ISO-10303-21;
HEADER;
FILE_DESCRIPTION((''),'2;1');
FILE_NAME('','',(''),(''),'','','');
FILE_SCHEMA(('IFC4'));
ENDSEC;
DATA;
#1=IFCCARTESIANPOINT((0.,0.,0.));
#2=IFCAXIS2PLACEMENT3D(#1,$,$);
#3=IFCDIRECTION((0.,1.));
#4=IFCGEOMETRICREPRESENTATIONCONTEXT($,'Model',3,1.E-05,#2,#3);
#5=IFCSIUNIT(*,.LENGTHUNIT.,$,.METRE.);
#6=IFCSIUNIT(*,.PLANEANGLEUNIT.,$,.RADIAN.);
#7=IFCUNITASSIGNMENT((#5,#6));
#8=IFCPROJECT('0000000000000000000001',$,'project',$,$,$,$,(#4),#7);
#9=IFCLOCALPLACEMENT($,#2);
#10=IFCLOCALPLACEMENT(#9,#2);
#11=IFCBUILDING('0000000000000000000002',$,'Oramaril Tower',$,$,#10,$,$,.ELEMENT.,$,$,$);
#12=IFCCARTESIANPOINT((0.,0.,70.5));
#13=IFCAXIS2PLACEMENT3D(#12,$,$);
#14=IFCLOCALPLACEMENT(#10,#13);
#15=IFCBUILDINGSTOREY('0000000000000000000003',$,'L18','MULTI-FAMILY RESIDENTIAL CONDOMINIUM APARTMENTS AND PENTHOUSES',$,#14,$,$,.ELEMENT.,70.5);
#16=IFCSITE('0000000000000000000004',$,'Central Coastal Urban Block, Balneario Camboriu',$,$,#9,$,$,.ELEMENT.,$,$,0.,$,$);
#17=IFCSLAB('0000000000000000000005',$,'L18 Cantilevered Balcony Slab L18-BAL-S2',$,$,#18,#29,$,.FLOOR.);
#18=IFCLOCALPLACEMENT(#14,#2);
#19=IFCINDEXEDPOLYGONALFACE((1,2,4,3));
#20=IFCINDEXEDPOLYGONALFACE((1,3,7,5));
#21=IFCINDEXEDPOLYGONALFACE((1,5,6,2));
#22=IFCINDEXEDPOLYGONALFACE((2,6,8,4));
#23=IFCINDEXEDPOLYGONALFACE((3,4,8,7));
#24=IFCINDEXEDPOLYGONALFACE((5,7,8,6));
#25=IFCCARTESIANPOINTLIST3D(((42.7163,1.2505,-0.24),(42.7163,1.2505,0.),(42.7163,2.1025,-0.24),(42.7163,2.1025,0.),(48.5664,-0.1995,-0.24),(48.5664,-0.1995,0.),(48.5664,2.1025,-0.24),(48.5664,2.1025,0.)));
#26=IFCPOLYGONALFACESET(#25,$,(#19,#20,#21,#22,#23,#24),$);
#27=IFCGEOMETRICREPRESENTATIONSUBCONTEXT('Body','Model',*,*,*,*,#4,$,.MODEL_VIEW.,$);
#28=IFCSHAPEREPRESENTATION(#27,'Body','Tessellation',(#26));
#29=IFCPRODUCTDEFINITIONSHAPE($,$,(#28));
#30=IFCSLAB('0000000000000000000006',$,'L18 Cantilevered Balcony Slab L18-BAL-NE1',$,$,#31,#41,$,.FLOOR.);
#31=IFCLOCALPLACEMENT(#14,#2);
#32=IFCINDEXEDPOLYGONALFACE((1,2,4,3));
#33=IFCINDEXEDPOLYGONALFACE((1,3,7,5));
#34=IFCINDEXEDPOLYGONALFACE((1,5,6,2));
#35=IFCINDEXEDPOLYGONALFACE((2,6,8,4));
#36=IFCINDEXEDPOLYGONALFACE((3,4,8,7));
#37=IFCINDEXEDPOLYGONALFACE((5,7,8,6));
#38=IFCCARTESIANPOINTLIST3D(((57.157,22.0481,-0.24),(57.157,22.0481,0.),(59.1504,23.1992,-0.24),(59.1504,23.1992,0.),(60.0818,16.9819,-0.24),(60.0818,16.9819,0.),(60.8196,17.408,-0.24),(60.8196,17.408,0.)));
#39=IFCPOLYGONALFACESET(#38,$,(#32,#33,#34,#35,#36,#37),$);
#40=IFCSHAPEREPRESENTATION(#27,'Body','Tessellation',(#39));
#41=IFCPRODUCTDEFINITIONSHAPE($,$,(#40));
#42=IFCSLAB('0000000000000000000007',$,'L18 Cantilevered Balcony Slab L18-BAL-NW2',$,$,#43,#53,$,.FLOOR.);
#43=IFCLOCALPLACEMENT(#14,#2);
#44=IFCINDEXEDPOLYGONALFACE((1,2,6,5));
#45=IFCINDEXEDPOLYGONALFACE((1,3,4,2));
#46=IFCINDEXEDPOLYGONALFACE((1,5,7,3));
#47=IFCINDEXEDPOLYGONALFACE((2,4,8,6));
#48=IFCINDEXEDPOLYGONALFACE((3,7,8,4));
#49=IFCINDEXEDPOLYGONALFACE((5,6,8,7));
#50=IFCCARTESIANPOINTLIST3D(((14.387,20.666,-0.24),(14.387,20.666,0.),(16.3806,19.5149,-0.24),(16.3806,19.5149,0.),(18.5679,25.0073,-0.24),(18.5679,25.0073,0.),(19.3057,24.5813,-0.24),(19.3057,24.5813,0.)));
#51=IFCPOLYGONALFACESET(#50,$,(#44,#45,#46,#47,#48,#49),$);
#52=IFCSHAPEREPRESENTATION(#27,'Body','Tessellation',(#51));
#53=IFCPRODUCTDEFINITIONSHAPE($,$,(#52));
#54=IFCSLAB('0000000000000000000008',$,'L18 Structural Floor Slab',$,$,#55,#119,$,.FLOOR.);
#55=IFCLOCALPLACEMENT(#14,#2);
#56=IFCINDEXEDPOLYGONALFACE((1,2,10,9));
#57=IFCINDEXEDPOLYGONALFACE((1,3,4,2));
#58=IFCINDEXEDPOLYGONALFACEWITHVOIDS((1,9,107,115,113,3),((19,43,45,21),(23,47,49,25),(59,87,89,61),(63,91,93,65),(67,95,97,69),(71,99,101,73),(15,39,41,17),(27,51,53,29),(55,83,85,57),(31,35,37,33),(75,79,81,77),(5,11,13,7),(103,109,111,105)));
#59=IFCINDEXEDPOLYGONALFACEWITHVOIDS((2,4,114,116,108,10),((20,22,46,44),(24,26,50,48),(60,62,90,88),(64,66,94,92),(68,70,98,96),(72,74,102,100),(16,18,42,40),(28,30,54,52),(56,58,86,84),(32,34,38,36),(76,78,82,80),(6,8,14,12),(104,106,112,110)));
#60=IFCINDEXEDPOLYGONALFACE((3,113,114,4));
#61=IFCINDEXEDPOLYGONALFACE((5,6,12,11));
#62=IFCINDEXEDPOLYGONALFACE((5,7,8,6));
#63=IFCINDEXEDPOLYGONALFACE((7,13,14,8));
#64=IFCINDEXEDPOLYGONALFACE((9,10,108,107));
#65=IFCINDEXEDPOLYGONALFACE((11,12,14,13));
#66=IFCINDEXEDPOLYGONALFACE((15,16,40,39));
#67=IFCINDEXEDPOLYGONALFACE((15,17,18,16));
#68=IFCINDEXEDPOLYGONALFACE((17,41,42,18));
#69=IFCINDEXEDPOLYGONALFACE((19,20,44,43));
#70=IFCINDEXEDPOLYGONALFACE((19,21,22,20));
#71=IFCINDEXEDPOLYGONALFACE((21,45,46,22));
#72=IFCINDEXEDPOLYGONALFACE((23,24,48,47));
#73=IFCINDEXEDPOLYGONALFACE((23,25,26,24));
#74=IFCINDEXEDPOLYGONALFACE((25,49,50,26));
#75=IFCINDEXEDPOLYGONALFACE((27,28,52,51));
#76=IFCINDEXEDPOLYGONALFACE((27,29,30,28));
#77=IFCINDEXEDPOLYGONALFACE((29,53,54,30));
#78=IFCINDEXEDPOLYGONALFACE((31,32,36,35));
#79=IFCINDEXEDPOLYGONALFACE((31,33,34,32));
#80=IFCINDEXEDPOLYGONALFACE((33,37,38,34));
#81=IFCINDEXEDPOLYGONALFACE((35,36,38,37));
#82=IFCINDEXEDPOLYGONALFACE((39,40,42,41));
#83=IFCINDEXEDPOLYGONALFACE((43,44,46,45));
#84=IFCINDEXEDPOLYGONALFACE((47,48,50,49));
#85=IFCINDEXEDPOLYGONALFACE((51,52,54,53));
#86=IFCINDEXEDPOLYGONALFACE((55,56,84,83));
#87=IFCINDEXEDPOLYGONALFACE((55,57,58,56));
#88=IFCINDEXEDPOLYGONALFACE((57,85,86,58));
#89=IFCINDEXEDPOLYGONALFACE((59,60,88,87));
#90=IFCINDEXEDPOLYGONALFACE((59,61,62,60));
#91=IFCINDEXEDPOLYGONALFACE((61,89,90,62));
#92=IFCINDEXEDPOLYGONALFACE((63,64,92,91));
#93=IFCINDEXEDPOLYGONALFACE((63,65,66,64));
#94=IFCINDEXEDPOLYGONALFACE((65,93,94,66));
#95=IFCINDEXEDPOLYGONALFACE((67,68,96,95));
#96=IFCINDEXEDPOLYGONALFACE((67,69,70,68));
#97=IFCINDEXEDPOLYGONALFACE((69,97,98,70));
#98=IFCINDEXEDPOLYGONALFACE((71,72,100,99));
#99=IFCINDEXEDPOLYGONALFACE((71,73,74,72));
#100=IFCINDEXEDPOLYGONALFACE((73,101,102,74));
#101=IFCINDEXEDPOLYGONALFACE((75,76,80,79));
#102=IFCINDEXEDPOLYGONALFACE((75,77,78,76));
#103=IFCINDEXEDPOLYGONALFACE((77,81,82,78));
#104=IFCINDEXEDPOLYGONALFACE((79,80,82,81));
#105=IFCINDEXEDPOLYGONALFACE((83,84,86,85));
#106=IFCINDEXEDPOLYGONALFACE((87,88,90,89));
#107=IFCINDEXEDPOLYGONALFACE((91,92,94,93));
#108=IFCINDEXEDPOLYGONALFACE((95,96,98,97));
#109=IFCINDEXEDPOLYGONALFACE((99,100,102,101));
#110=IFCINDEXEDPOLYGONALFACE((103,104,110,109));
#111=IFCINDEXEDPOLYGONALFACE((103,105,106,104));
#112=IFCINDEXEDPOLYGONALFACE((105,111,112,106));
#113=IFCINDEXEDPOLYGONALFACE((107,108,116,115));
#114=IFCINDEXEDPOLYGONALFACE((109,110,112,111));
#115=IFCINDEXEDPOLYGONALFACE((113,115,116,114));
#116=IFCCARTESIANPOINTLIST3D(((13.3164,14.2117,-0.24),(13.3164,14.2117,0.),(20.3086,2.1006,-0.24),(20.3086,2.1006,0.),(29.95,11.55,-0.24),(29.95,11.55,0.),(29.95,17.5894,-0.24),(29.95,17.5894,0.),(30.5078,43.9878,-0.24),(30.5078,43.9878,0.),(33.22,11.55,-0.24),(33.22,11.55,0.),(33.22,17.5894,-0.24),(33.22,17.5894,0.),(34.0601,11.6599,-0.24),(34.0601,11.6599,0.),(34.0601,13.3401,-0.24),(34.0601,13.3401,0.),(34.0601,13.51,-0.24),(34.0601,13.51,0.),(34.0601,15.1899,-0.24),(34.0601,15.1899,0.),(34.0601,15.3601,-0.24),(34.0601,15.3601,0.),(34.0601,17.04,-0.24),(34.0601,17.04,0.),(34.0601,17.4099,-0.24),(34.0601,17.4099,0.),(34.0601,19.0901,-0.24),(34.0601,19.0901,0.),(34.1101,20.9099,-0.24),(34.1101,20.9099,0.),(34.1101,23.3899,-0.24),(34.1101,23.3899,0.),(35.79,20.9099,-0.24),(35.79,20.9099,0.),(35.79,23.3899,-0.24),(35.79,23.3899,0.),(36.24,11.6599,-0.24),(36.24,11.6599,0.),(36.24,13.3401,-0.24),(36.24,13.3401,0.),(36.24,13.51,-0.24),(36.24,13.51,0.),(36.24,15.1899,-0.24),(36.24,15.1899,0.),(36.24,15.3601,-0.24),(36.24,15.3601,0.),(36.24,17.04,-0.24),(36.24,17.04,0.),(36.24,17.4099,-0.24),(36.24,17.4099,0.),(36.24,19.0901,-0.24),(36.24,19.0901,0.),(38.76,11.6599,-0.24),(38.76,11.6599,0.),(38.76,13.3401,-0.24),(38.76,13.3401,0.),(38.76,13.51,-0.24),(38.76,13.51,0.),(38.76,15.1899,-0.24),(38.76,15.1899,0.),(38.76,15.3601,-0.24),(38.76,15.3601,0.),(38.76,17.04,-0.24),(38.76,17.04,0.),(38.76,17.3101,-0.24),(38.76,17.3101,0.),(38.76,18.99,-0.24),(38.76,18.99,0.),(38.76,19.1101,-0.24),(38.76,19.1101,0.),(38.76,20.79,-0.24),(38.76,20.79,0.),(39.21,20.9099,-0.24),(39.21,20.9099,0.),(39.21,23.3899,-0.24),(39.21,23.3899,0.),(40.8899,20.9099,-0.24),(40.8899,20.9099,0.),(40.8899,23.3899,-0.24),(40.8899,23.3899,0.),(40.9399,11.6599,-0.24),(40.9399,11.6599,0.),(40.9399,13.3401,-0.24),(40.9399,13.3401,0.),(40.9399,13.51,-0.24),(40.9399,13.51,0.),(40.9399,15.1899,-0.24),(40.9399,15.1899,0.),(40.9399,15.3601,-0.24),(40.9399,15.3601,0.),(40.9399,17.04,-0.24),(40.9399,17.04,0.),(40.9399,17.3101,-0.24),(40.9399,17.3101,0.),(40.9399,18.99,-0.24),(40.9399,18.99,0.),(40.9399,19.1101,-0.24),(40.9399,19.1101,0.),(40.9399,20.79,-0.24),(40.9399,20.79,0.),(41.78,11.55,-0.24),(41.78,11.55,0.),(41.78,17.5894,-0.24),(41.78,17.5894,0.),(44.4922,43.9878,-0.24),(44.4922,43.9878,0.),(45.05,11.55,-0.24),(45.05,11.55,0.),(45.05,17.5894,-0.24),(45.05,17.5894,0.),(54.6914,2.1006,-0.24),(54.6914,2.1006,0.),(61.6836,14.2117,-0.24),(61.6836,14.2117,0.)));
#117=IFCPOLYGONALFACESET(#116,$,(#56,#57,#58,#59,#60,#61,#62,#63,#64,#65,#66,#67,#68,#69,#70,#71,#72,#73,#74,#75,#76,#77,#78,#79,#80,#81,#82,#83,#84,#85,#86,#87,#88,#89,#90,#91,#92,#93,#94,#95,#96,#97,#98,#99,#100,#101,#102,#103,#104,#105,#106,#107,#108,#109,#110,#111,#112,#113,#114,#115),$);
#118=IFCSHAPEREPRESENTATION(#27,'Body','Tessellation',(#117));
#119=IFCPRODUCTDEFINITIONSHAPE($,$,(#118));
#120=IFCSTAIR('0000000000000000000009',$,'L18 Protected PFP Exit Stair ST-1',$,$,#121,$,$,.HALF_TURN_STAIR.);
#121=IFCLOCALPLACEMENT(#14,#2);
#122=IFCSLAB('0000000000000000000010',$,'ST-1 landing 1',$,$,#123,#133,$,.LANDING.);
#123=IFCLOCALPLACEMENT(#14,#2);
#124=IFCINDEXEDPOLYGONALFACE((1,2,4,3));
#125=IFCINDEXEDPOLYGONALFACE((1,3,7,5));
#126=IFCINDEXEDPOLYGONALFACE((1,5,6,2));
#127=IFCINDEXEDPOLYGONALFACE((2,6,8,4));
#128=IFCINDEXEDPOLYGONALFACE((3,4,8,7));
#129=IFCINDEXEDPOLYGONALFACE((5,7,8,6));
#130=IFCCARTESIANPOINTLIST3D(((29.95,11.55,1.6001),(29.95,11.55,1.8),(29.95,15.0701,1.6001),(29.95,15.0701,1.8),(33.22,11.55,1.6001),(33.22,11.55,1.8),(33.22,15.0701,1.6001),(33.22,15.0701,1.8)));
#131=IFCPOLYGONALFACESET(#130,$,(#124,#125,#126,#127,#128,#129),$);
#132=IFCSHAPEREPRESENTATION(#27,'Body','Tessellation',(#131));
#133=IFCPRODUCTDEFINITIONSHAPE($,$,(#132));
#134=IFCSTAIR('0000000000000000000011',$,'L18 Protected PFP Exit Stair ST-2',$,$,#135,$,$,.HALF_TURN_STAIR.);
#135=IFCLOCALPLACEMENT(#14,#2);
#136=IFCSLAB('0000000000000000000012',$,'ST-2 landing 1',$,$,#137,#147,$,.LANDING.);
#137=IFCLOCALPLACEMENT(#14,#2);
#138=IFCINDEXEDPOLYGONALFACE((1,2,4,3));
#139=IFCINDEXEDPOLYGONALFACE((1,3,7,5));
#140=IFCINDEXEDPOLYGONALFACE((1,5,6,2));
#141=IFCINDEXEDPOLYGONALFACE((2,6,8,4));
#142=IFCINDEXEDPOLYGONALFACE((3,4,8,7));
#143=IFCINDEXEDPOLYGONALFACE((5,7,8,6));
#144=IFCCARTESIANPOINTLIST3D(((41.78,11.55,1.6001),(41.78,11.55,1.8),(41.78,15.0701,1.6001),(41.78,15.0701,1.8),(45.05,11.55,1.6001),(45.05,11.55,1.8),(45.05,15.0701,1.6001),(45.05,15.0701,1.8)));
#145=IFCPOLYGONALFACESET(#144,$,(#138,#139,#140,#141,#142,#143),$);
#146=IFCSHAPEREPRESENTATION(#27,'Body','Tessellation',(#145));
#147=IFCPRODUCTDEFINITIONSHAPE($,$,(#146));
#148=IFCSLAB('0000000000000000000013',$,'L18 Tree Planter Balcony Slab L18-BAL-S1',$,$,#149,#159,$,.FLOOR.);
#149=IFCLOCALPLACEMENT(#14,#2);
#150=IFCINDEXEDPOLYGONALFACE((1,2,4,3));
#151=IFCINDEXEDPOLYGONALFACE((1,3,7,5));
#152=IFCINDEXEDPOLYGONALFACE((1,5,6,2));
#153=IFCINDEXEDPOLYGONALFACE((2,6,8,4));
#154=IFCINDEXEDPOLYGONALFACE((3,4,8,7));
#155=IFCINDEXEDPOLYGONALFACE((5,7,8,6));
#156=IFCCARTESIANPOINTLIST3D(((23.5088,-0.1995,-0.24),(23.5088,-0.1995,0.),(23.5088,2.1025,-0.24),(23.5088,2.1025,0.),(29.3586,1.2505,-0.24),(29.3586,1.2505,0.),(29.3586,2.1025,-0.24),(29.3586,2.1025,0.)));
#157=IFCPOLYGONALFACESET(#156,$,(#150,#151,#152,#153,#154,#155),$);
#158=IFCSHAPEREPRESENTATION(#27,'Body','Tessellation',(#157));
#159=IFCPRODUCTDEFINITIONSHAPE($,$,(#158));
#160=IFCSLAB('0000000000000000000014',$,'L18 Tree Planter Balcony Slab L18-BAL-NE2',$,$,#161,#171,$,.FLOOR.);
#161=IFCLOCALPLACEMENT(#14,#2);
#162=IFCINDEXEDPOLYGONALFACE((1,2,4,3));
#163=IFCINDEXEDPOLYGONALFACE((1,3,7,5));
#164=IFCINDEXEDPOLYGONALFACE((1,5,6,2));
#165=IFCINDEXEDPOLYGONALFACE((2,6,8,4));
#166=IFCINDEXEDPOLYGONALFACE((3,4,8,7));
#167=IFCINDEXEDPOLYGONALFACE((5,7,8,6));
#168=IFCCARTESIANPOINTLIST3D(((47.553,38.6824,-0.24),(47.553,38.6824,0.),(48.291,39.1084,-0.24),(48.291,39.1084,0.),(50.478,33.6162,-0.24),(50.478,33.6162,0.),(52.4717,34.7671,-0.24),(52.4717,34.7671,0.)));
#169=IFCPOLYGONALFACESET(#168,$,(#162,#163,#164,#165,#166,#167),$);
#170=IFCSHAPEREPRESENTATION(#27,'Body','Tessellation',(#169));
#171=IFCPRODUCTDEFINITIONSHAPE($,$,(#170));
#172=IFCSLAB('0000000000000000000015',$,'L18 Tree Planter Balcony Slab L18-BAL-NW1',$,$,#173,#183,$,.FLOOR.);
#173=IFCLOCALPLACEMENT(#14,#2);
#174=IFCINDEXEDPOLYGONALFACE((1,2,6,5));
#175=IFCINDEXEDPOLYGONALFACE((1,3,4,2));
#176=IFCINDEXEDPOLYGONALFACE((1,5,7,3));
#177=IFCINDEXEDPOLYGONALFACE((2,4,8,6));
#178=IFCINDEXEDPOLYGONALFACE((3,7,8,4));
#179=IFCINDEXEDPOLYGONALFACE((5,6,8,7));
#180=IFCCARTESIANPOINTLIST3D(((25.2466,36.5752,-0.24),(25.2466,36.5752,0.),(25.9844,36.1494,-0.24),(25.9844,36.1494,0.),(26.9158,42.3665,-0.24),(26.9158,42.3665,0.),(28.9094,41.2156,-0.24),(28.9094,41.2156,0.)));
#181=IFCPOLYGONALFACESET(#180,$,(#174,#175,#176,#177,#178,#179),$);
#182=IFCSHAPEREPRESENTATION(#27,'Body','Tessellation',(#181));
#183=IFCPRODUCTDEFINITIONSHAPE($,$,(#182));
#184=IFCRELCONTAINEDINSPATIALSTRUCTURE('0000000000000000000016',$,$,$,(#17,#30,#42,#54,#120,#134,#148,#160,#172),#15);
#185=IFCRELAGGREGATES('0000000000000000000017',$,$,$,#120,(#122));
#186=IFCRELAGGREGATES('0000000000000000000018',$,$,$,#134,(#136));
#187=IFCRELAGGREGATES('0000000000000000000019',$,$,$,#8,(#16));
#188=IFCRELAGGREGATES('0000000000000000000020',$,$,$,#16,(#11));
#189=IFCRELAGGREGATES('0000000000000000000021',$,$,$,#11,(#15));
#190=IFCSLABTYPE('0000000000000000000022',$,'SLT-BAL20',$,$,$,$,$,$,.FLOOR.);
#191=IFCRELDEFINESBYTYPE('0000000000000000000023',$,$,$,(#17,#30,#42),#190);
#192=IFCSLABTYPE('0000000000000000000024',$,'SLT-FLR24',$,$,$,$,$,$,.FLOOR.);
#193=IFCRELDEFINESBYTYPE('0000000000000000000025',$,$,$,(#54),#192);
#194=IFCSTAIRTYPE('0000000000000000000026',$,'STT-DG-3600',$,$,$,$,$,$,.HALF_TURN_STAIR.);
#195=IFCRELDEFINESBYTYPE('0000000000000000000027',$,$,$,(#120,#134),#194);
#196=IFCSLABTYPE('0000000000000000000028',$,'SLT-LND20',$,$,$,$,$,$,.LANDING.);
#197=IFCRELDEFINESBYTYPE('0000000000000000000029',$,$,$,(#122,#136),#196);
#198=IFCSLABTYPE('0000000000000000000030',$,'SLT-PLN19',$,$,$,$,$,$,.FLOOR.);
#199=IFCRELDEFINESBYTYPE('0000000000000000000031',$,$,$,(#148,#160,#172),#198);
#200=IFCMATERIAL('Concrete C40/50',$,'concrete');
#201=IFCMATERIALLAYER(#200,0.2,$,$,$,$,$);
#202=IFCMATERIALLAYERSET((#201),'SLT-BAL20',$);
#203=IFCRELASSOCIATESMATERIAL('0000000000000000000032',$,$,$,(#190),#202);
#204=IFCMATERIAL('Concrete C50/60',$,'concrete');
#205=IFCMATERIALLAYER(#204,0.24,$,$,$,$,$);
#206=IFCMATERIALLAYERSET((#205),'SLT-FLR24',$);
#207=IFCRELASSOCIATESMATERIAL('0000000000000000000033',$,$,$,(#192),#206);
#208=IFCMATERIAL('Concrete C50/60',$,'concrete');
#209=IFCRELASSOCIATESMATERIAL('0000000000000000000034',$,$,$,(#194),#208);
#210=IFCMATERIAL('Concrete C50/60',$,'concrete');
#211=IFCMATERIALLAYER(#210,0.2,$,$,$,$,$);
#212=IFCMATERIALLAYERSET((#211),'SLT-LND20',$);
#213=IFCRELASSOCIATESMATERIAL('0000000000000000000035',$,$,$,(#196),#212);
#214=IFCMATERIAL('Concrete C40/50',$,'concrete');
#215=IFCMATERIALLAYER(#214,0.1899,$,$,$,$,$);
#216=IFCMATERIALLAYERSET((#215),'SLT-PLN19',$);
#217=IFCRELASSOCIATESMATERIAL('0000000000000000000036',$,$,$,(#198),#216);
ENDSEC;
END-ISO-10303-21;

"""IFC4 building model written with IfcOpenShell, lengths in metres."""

from ifc_helpers import new_model, si_unit, direction, frame, origin, place, context, subcontext, project, spatial, polyline, outline, extrude, material, layer, layer_set, type_object, element, aggregate, save


model = new_model("IFC4")

# Units and contexts
model_context = context("Model", 3, precision=1e-05, world=origin(), true_north=direction((0.0, 1.0)))
body_context = subcontext(model_context, "Body", "Model", "MODEL_VIEW")
ifc_project = project(units=[si_unit("LENGTHUNIT", "METRE"), si_unit("PLANEANGLEUNIT", "RADIAN")], contexts=[model_context])

# Site, building, storey
site_placement = place(None, origin())
site = spatial("IfcSite", under=ifc_project, at=site_placement, Name="Central Coastal Urban Block, Balneario Camboriu", CompositionType="ELEMENT", RefElevation=0.0)
building_placement = place(site_placement, origin())
building = spatial("IfcBuilding", under=site, at=building_placement, Name="Oramaril Tower", CompositionType="ELEMENT")
storey_placement = place(building_placement, frame((0.0, 0.0, 70.5)))
storey = spatial("IfcBuildingStorey", under=building, at=storey_placement, Name="L18", Description="MULTI-FAMILY RESIDENTIAL CONDOMINIUM APARTMENTS AND PENTHOUSES", CompositionType="ELEMENT", Elevation=70.5)

# Slabs
ifc_material_1 = material(Name="Concrete C40/50", Category="concrete")
ifc_layer_1 = layer(ifc_material_1, 0.2)
ifc_layer_set_1 = layer_set([ifc_layer_1], Name="SLT-BAL20")
slab_type_1 = type_object("IfcSlabType", Name="SLT-BAL20", PredefinedType="FLOOR", material=ifc_layer_set_1)
slab_1_placement = place(storey_placement, frame((0.0, 0.0, -0.24)))
element("IfcSlab", 1, at=slab_1_placement, inside=storey, type_object=slab_type_1, Name="L18 Cantilevered Balcony Slab L18-BAL-S2", PredefinedType="FLOOR", context=body_context, shape_type="SweptSolid", body=[
    extrude(outline(polyline([(42.7163, 2.1025), (48.5664, 2.1025), (48.5664, -0.1995), (42.7163, 1.2505), (42.7163, 2.1025)])), origin(), (0.0, 0.0, 1.0), 0.24),
])
slab_2_placement = place(storey_placement, frame((0.0, 0.0, -0.24)))
element("IfcSlab", 2, at=slab_2_placement, inside=storey, type_object=slab_type_1, Name="L18 Cantilevered Balcony Slab L18-BAL-NE1", PredefinedType="FLOOR", context=body_context, shape_type="SweptSolid", body=[
    extrude(outline(polyline([(60.0818, 16.9819), (57.157, 22.0481), (59.1504, 23.1992), (60.8196, 17.408), (60.0818, 16.9819)])), origin(), (0.0, 0.0, 1.0), 0.24),
])
slab_3_placement = place(storey_placement, frame((0.0, 0.0, -0.24)))
element("IfcSlab", 3, at=slab_3_placement, inside=storey, type_object=slab_type_1, Name="L18 Cantilevered Balcony Slab L18-BAL-NW2", PredefinedType="FLOOR", context=body_context, shape_type="SweptSolid", body=[
    extrude(outline(polyline([(19.3057, 24.5813), (16.3806, 19.5149), (14.387, 20.666), (18.5679, 25.0073), (19.3057, 24.5813)])), origin(), (0.0, 0.0, 1.0), 0.24),
])
ifc_material_2 = material(Name="Concrete C50/60", Category="concrete")
ifc_layer_2 = layer(ifc_material_2, 0.24)
ifc_layer_set_2 = layer_set([ifc_layer_2], Name="SLT-FLR24")
slab_type_2 = type_object("IfcSlabType", Name="SLT-FLR24", PredefinedType="FLOOR", material=ifc_layer_set_2)
slab_4_placement = place(storey_placement, frame((0.0, 0.0, -0.24)))
element("IfcSlab", 4, at=slab_4_placement, inside=storey, type_object=slab_type_2, Name="L18 Structural Floor Slab", PredefinedType="FLOOR", context=body_context, shape_type="SweptSolid", body=[
    extrude(outline(polyline([(13.3164, 14.2117), (20.3086, 2.1006), (54.6914, 2.1006), (61.6836, 14.2117), (44.4922, 43.9878), (30.5078, 43.9878), (13.3164, 14.2117)]), holes=[polyline([(29.95, 17.5894), (29.95, 11.55), (33.22, 11.55), (33.22, 17.5894), (29.95, 17.5894)]), polyline([(41.78, 17.5894), (41.78, 11.55), (45.05, 11.55), (45.05, 17.5894), (41.78, 17.5894)]), polyline([(34.1101, 20.9099), (35.79, 20.9099), (35.79, 23.3899), (34.1101, 23.3899), (34.1101, 20.9099)]), polyline([(39.21, 20.9099), (40.8899, 20.9099), (40.8899, 23.3899), (39.21, 23.3899), (39.21, 20.9099)]), polyline([(34.0601, 11.6599), (36.24, 11.6599), (36.24, 13.3401), (34.0601, 13.3401), (34.0601, 11.6599)]), polyline([(34.0601, 13.51), (36.24, 13.51), (36.24, 15.1899), (34.0601, 15.1899), (34.0601, 13.51)]), polyline([(34.0601, 15.3601), (36.24, 15.3601), (36.24, 17.04), (34.0601, 17.04), (34.0601, 15.3601)]), polyline([(38.76, 11.6599), (40.9399, 11.6599), (40.9399, 13.3401), (38.76, 13.3401), (38.76, 11.6599)]), polyline([(38.76, 13.51), (40.9399, 13.51), (40.9399, 15.1899), (38.76, 15.1899), (38.76, 13.51)]), polyline([(38.76, 15.3601), (40.9399, 15.3601), (40.9399, 17.04), (38.76, 17.04), (38.76, 15.3601)]), polyline([(34.0601, 17.4099), (36.24, 17.4099), (36.24, 19.0901), (34.0601, 19.0901), (34.0601, 17.4099)]), polyline([(38.76, 17.3101), (40.9399, 17.3101), (40.9399, 18.99), (38.76, 18.99), (38.76, 17.3101)]), polyline([(38.76, 19.1101), (40.9399, 19.1101), (40.9399, 20.79), (38.76, 20.79), (38.76, 19.1101)])]), origin(), (0.0, 0.0, 1.0), 0.24),
])

# Stairs, slabs
ifc_material_3 = material(Name="Concrete C50/60", Category="concrete")
stair_type = type_object("IfcStairType", Name="STT-DG-3600", PredefinedType="HALF_TURN_STAIR", material=ifc_material_3)
stair_1_placement = place(storey_placement, origin())
stair_1 = element("IfcStair", 5, at=stair_1_placement, inside=storey, type_object=stair_type, Name="L18 Protected PFP Exit Stair ST-1", PredefinedType="HALF_TURN_STAIR")
ifc_material_4 = material(Name="Concrete C50/60", Category="concrete")
ifc_layer_3 = layer(ifc_material_4, 0.2)
ifc_layer_set_3 = layer_set([ifc_layer_3], Name="SLT-LND20")
slab_type_3 = type_object("IfcSlabType", Name="SLT-LND20", PredefinedType="LANDING", material=ifc_layer_set_3)
slab_5_placement = place(storey_placement, frame((0.0, 0.0, 1.6001)))
slab_5 = element("IfcSlab", 6, at=slab_5_placement, type_object=slab_type_3, Name="ST-1 landing 1", PredefinedType="LANDING", context=body_context, shape_type="SweptSolid", body=[
    extrude(outline(polyline([(29.95, 15.0701), (29.95, 11.55), (33.22, 11.55), (33.22, 15.0701), (29.95, 15.0701)])), origin(), (0.0, 0.0, 1.0), 0.2),
])
aggregate(stair_1, [slab_5])
stair_2_placement = place(storey_placement, origin())
stair_2 = element("IfcStair", 7, at=stair_2_placement, inside=storey, type_object=stair_type, Name="L18 Protected PFP Exit Stair ST-2", PredefinedType="HALF_TURN_STAIR")
slab_6_placement = place(storey_placement, frame((0.0, 0.0, 1.6001)))
slab_6 = element("IfcSlab", 8, at=slab_6_placement, type_object=slab_type_3, Name="ST-2 landing 1", PredefinedType="LANDING", context=body_context, shape_type="SweptSolid", body=[
    extrude(outline(polyline([(41.78, 15.0701), (41.78, 11.55), (45.05, 11.55), (45.05, 15.0701), (41.78, 15.0701)])), origin(), (0.0, 0.0, 1.0), 0.2),
])
aggregate(stair_2, [slab_6])

# Slabs
ifc_material_5 = material(Name="Concrete C40/50", Category="concrete")
ifc_layer_4 = layer(ifc_material_5, 0.1899)
ifc_layer_set_4 = layer_set([ifc_layer_4], Name="SLT-PLN19")
slab_type_4 = type_object("IfcSlabType", Name="SLT-PLN19", PredefinedType="FLOOR", material=ifc_layer_set_4)
slab_7_placement = place(storey_placement, frame((0.0, 0.0, -0.24)))
element("IfcSlab", 9, at=slab_7_placement, inside=storey, type_object=slab_type_4, Name="L18 Tree Planter Balcony Slab L18-BAL-S1", PredefinedType="FLOOR", context=body_context, shape_type="SweptSolid", body=[
    extrude(outline(polyline([(23.5088, 2.1025), (29.3586, 2.1025), (29.3586, 1.2505), (23.5088, -0.1995), (23.5088, 2.1025)])), origin(), (0.0, 0.0, 1.0), 0.24),
])
slab_8_placement = place(storey_placement, frame((0.0, 0.0, -0.24)))
element("IfcSlab", 10, at=slab_8_placement, inside=storey, type_object=slab_type_4, Name="L18 Tree Planter Balcony Slab L18-BAL-NE2", PredefinedType="FLOOR", context=body_context, shape_type="SweptSolid", body=[
    extrude(outline(polyline([(50.478, 33.6162), (47.553, 38.6824), (48.291, 39.1084), (52.4717, 34.7671), (50.478, 33.6162)])), origin(), (0.0, 0.0, 1.0), 0.24),
])
slab_9_placement = place(storey_placement, frame((0.0, 0.0, -0.24)))
element("IfcSlab", 11, at=slab_9_placement, inside=storey, type_object=slab_type_4, Name="L18 Tree Planter Balcony Slab L18-BAL-NW1", PredefinedType="FLOOR", context=body_context, shape_type="SweptSolid", body=[
    extrude(outline(polyline([(28.9094, 41.2156), (25.9844, 36.1494), (25.2466, 36.5752), (26.9158, 42.3665), (28.9094, 41.2156)])), origin(), (0.0, 0.0, 1.0), 0.24),
])

save(model, "model.ifc")
